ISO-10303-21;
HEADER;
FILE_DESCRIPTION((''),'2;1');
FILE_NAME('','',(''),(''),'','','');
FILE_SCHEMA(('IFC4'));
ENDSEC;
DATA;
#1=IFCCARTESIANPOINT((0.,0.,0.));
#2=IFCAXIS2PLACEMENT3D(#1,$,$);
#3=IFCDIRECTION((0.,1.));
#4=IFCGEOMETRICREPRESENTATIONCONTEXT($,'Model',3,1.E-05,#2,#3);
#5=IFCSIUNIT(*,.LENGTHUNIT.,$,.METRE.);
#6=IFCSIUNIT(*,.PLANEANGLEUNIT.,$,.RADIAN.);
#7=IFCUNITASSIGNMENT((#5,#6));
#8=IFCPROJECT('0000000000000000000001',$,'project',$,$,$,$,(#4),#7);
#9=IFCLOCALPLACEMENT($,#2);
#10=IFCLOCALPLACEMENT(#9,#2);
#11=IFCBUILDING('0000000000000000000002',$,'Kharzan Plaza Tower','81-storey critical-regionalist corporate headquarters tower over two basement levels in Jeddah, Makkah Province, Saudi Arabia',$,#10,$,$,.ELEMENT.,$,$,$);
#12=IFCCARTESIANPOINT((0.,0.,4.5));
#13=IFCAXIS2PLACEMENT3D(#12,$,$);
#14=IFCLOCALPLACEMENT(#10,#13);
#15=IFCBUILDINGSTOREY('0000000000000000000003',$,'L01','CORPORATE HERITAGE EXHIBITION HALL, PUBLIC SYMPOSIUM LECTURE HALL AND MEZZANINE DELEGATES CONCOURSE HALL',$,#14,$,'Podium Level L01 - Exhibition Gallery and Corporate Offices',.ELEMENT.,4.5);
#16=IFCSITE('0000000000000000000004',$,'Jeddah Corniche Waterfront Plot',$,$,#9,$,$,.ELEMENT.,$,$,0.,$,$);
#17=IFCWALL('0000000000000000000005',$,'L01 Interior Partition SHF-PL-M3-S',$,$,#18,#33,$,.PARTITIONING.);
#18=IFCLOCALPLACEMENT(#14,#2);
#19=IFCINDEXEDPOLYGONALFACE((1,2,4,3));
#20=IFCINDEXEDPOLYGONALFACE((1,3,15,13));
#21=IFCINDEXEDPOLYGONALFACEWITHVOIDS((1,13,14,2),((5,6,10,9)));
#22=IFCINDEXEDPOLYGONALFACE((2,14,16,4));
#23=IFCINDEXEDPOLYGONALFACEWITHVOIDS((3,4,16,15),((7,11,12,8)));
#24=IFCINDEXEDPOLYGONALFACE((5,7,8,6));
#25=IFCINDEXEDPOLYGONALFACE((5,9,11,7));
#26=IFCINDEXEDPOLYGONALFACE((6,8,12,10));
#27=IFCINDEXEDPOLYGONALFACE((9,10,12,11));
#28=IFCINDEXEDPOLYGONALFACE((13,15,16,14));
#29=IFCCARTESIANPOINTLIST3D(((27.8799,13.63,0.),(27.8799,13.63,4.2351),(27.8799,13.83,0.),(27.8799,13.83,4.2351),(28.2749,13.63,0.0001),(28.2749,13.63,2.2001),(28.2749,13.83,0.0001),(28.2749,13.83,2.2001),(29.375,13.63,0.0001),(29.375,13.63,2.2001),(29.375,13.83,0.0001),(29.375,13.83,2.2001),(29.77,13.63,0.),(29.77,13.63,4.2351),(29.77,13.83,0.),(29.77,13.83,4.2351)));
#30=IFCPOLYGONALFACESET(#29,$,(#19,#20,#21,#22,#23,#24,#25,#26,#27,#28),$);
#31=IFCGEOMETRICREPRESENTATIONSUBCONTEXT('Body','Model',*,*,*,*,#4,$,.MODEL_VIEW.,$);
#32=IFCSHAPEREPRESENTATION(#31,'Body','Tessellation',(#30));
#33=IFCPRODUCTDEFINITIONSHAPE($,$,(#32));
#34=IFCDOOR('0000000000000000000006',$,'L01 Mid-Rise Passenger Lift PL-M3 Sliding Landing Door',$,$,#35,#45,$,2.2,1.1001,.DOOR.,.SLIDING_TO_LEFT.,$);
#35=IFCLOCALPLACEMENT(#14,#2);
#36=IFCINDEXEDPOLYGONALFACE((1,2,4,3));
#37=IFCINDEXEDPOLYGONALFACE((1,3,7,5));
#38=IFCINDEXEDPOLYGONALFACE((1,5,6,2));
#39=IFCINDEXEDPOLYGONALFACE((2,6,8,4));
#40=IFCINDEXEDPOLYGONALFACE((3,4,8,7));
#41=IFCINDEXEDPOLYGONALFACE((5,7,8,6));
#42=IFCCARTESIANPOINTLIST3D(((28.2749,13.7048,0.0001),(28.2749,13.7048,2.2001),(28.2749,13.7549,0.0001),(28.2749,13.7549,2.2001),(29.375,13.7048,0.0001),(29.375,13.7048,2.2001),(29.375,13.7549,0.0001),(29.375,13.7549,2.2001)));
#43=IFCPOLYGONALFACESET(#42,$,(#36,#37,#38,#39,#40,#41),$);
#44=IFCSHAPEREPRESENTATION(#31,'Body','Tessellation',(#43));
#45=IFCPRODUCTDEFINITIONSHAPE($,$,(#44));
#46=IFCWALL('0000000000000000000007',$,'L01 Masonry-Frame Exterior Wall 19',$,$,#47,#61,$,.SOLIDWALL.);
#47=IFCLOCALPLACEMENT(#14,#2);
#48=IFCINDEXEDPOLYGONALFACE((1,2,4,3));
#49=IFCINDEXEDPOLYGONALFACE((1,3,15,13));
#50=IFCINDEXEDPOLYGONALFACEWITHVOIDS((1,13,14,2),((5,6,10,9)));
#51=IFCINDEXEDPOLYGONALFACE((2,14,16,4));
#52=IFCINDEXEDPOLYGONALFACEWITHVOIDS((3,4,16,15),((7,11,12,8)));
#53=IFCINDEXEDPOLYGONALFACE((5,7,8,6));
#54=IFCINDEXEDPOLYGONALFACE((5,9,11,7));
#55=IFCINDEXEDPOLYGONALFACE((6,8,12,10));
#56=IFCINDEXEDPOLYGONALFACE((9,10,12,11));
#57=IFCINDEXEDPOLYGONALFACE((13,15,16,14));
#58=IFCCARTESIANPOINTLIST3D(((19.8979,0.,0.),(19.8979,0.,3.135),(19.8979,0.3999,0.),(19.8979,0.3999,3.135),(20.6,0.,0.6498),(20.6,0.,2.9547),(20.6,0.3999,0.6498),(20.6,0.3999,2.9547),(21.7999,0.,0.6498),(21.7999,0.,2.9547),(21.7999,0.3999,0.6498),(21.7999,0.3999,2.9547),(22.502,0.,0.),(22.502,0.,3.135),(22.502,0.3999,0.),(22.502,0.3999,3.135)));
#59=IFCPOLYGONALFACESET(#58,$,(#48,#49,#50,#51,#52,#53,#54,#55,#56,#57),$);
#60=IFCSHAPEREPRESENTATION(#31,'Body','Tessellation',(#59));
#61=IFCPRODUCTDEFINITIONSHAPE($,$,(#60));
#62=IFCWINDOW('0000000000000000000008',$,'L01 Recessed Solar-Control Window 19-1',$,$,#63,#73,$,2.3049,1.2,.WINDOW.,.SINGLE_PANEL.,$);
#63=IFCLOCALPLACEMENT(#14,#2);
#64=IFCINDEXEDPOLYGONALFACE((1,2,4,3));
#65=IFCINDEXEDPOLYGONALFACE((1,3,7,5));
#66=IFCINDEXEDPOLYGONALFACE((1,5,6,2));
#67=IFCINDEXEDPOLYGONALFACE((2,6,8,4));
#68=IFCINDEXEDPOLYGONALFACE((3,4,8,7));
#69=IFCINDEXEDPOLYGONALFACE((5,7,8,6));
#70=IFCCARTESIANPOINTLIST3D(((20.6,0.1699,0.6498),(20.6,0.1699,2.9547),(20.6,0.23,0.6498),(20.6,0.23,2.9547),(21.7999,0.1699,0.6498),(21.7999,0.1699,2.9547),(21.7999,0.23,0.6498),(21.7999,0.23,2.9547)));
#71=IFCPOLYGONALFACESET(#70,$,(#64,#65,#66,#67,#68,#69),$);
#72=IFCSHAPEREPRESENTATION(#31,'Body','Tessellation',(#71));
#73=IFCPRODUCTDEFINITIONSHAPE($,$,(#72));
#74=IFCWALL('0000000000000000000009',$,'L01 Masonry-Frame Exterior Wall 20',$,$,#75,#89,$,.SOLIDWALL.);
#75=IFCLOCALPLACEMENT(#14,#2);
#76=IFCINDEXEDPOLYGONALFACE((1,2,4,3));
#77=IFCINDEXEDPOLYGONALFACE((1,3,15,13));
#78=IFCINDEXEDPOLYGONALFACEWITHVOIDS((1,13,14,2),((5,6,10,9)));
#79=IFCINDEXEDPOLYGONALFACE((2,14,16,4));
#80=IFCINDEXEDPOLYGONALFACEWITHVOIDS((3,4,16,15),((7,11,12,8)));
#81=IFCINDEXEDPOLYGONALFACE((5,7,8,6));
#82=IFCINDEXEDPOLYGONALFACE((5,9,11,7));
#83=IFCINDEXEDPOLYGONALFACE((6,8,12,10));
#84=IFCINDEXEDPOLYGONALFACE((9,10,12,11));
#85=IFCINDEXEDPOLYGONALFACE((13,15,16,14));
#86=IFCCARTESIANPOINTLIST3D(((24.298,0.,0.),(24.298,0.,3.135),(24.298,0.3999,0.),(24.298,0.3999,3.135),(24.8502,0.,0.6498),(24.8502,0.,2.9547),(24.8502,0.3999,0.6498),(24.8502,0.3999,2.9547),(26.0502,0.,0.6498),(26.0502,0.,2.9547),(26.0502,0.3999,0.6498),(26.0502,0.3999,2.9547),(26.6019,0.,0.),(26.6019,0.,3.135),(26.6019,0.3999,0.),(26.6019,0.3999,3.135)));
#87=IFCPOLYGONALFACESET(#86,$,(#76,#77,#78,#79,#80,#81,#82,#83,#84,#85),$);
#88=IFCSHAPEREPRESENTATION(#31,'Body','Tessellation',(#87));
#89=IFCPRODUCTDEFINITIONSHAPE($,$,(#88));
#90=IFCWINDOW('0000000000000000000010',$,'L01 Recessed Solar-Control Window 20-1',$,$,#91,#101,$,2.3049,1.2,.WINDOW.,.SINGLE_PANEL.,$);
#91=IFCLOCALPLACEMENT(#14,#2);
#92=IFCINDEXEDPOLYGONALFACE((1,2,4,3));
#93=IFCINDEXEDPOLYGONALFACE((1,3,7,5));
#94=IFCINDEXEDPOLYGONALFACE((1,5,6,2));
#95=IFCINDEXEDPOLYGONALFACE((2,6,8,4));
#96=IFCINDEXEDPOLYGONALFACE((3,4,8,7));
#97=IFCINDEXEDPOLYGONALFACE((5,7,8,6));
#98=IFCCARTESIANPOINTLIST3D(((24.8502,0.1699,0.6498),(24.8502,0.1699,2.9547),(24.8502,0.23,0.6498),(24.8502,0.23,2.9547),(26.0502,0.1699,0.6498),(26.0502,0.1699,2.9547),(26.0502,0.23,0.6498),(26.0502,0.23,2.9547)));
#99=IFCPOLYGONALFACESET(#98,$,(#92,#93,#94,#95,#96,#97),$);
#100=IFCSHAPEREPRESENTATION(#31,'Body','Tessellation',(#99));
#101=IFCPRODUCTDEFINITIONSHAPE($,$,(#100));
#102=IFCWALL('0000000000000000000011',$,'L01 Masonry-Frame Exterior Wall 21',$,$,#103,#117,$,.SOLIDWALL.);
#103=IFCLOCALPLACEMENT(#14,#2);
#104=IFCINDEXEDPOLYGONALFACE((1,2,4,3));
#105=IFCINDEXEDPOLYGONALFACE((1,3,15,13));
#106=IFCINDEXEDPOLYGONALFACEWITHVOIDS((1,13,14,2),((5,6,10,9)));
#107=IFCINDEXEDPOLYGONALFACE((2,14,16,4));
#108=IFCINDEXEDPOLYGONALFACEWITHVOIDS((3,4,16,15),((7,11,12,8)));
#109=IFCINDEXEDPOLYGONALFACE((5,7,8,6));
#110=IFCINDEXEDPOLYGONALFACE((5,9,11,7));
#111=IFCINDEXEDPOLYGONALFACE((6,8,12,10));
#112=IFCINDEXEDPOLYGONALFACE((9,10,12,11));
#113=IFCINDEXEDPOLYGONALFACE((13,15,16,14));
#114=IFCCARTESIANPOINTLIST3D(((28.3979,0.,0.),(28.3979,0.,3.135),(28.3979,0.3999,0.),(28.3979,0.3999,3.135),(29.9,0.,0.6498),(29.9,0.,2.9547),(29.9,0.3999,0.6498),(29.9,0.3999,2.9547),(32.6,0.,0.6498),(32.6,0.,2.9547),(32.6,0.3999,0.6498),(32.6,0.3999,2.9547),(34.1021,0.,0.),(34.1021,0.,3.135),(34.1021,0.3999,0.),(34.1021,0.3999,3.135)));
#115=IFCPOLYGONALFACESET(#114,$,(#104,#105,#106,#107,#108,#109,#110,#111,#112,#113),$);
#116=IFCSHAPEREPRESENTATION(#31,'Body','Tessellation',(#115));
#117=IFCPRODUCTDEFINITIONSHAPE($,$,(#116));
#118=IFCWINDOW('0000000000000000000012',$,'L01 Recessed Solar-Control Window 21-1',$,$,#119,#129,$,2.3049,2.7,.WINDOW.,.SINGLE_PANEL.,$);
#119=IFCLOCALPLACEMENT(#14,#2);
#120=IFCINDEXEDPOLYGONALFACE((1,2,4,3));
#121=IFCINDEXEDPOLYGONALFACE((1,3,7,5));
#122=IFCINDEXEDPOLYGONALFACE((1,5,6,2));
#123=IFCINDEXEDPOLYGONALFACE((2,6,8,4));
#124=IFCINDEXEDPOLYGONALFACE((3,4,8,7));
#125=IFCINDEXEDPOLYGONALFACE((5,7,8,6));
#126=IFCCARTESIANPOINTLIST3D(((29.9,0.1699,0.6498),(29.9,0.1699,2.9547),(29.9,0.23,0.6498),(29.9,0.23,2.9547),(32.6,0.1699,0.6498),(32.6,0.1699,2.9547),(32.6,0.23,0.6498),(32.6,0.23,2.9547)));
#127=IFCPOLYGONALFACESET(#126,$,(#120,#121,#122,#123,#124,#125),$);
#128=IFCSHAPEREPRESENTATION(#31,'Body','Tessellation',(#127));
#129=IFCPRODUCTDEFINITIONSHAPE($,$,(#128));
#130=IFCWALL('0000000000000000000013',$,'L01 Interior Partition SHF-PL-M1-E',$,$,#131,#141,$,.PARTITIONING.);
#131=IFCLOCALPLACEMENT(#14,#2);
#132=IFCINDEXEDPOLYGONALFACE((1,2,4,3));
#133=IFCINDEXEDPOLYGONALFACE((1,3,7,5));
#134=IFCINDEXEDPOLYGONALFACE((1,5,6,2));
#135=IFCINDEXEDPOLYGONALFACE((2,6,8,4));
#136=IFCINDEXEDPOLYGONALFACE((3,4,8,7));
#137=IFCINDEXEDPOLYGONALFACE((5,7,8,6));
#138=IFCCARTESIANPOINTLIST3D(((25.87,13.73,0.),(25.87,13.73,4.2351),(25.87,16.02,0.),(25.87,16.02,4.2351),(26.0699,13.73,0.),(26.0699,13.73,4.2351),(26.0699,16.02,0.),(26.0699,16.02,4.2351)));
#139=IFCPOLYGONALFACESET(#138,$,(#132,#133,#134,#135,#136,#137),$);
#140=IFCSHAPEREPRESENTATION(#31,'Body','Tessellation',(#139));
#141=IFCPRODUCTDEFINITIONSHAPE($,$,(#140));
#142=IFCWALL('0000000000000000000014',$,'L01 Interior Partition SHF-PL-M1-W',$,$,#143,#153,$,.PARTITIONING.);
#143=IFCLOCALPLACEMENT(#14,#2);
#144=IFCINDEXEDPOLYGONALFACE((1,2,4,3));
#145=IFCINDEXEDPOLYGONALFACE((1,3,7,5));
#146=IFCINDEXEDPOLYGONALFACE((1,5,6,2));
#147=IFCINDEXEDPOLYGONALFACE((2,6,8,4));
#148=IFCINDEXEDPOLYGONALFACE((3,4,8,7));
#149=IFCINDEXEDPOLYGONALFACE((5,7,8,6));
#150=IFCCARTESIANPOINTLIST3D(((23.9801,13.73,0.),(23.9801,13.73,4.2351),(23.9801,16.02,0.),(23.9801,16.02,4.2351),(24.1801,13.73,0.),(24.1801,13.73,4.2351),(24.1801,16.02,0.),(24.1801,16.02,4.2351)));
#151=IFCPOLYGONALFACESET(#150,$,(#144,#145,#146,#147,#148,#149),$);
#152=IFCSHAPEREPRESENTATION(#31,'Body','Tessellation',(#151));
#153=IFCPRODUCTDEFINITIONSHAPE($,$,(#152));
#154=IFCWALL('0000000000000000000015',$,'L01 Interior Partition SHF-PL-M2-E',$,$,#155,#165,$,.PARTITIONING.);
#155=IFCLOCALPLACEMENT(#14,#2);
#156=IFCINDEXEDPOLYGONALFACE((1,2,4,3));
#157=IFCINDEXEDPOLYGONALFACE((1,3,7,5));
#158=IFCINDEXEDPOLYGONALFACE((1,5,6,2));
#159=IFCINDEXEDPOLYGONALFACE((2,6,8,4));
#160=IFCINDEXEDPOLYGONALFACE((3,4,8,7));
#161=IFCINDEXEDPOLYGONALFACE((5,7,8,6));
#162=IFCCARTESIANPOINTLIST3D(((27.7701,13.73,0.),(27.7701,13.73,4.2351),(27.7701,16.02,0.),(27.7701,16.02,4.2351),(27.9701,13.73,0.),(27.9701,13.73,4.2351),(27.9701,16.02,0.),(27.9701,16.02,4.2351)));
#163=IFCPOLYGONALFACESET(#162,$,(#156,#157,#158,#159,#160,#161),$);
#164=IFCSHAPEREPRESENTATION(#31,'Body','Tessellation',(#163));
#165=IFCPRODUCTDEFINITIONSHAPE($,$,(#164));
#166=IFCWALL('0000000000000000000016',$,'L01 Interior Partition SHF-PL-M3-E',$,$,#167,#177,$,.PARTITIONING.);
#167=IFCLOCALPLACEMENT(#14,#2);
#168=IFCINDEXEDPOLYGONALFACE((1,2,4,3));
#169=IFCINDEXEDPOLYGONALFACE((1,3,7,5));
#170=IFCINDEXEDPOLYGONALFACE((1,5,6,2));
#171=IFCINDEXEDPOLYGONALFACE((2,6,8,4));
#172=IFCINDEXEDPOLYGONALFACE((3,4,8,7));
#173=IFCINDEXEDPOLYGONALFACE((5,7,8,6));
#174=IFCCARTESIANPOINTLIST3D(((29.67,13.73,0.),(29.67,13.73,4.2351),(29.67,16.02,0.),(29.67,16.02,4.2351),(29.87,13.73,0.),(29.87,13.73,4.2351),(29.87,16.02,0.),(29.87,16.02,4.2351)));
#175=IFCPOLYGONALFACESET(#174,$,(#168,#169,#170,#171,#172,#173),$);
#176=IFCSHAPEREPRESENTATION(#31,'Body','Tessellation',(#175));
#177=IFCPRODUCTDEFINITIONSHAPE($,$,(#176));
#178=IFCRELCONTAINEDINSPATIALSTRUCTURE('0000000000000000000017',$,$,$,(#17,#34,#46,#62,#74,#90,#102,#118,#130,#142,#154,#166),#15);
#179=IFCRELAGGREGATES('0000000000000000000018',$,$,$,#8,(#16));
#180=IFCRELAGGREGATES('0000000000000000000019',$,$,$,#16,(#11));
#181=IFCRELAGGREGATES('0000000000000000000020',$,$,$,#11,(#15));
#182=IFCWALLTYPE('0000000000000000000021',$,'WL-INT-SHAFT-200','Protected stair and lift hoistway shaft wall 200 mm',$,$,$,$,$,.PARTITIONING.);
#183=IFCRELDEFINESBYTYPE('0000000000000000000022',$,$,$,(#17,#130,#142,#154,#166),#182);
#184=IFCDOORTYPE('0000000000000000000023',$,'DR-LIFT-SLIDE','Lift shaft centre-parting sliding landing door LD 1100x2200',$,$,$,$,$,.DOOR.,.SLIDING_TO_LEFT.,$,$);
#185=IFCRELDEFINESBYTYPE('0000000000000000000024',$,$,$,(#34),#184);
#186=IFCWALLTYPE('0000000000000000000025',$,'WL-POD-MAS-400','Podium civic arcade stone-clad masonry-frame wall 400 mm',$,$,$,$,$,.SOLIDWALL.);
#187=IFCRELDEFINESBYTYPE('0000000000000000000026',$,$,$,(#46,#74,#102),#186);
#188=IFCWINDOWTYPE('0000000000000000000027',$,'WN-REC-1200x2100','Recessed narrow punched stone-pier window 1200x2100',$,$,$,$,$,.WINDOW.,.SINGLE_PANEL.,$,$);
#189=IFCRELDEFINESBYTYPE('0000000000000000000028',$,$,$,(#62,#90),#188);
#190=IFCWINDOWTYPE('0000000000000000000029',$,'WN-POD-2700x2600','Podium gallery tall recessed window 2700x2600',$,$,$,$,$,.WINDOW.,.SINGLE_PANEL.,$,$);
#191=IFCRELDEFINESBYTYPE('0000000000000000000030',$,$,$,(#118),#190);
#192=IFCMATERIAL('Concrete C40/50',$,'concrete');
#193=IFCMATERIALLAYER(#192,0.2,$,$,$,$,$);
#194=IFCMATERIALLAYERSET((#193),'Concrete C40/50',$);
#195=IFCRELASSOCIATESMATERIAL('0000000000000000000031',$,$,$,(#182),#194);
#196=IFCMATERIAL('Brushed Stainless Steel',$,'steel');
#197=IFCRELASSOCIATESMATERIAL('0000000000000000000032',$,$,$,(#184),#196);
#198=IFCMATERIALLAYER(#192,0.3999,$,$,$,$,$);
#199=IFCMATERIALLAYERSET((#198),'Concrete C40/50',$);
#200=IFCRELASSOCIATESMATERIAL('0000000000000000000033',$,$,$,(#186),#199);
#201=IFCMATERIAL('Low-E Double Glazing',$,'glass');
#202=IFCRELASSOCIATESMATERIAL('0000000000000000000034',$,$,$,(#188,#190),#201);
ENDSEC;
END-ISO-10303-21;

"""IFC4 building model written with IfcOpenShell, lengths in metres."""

from ifc_helpers import new_model, si_unit, direction, frame, frame_2d, origin, place, context, subcontext, project, spatial, rectangle, extrude, source, transform, mapped, material, layer, layer_set, type_object, element, fill, save


model = new_model("IFC4")

# Units and contexts
model_context = context("Model", 3, precision=1e-05, world=origin(), true_north=direction((0.0, 1.0)))
body_context = subcontext(model_context, "Body", "Model", "MODEL_VIEW")
ifc_project = project(units=[si_unit("LENGTHUNIT", "METRE"), si_unit("PLANEANGLEUNIT", "RADIAN")], contexts=[model_context])

# Site, building, storey
site_placement = place(None, origin())
site = spatial("IfcSite", under=ifc_project, at=site_placement, Name="Jeddah Corniche Waterfront Plot", CompositionType="ELEMENT", RefElevation=0.0)
building_placement = place(site_placement, origin())
building = spatial("IfcBuilding", under=site, at=building_placement, Name="Kharzan Plaza Tower", Description="81-storey critical-regionalist corporate headquarters tower over two basement levels in Jeddah, Makkah Province, Saudi Arabia", CompositionType="ELEMENT")
storey_placement = place(building_placement, frame((0.0, 0.0, 4.5)))
storey = spatial("IfcBuildingStorey", under=building, at=storey_placement, Name="L01", Description="CORPORATE HERITAGE EXHIBITION HALL, PUBLIC SYMPOSIUM LECTURE HALL AND MEZZANINE DELEGATES CONCOURSE HALL", LongName="Podium Level L01 - Exhibition Gallery and Corporate Offices", CompositionType="ELEMENT", Elevation=4.5)

# Wall, opening, door
ifc_material_1 = material(Name="Concrete C40/50", Category="concrete")
ifc_layer_1 = layer(ifc_material_1, 0.2)
ifc_layer_set_1 = layer_set([ifc_layer_1], Name="Concrete C40/50")
wall_type_1 = type_object("IfcWallType", Name="WL-INT-SHAFT-200", Description="Protected stair and lift hoistway shaft wall 200 mm", PredefinedType="PARTITIONING", material=ifc_layer_set_1)
ifc_material_2 = material(Name="Brushed Stainless Steel", Category="steel")
door_type = type_object("IfcDoorType", Name="DR-LIFT-SLIDE", Description="Lift shaft centre-parting sliding landing door LD 1100x2200", OperationType="SLIDING_TO_LEFT", PredefinedType="DOOR", material=ifc_material_2)
shared_shape_1 = source(origin(), body_context, "Body", "SweptSolid", [
    extrude(rectangle(XDim=1.1001, YDim=2.2, at=frame_2d((0.55, 1.1001))), frame((0.0, 0.0249, 0.0), z_axis=(0.0, -1.0, 0.0), x_axis=(1.0, 0.0, 0.0)), (0.0, 0.0, 1.0), 0.05),
])
wall_1_placement = place(storey_placement, frame((27.8799, 13.73, 0.0), z_axis=(0.0, 0.0, 1.0), x_axis=(1.0, 0.0, 0.0)))
wall_1 = element("IfcWall", 1, at=wall_1_placement, inside=storey, type_object=wall_type_1, Name="L01 Interior Partition SHF-PL-M3-S", PredefinedType="PARTITIONING", context=body_context, shape_type="SweptSolid", body=[
    extrude(rectangle(XDim=1.8901, YDim=0.2, at=frame_2d((0.9451, 0.0))), origin(), (0.0, 0.0, 1.0), 4.2351),
])
opening_1_placement = place(wall_1_placement, frame((0.395, 0.0, 0.0)))
opening_1 = element("IfcOpeningElement", 2, at=opening_1_placement, cuts=wall_1, PredefinedType="OPENING", context=body_context, shape_type="SweptSolid", body=[
    extrude(rectangle(XDim=1.1001, YDim=2.2, at=frame_2d((0.55, 1.1001))), frame((0.0, 0.1099, 0.0), z_axis=(0.0, -1.0, 0.0), x_axis=(1.0, 0.0, 0.0)), (0.0, 0.0, 1.0), 0.22),
])
door_1_placement = place(opening_1_placement, origin())
door_1 = element("IfcDoor", 3, at=door_1_placement, inside=storey, type_object=door_type, Name="L01 Mid-Rise Passenger Lift PL-M3 Sliding Landing Door", OperationType="SLIDING_TO_LEFT", OverallHeight=2.2, OverallWidth=1.1001, PredefinedType="DOOR", context=body_context, shape_type="MappedRepresentation", body=[
    mapped(shared_shape_1, transform((0.0, 0.0, 0.0), x_axis=(1.0, 0.0, 0.0), y_axis=(0.0, 1.0, 0.0), z_axis=(0.0, 0.0, 1.0))),
])
fill(opening_1, door_1)

# Walls, openings, windows
ifc_layer_2 = layer(ifc_material_1, 0.3999)
ifc_layer_set_2 = layer_set([ifc_layer_2], Name="Concrete C40/50")
wall_type_2 = type_object("IfcWallType", Name="WL-POD-MAS-400", Description="Podium civic arcade stone-clad masonry-frame wall 400 mm", PredefinedType="SOLIDWALL", material=ifc_layer_set_2)
wall_2_placement = place(storey_placement, frame((19.8979, 0.2, 0.0), z_axis=(0.0, 0.0, 1.0), x_axis=(1.0, 0.0, 0.0)))
wall_2 = element("IfcWall", 4, at=wall_2_placement, inside=storey, type_object=wall_type_2, Name="L01 Masonry-Frame Exterior Wall 19", PredefinedType="SOLIDWALL", context=body_context, shape_type="SweptSolid", body=[
    extrude(rectangle(XDim=2.604, YDim=0.3999, at=frame_2d((1.302, 0.0))), origin(), (0.0, 0.0, 1.0), 3.135),
])
opening_2_placement = place(wall_2_placement, frame((0.7019, 0.0, 0.6499)))
opening_2 = element("IfcOpeningElement", 5, at=opening_2_placement, cuts=wall_2, PredefinedType="OPENING", context=body_context, shape_type="SweptSolid", body=[
    extrude(rectangle(XDim=1.2, YDim=2.3049, at=frame_2d((0.6001, 1.1523))), frame((0.0, 0.21, 0.0), z_axis=(0.0, -1.0, 0.0), x_axis=(1.0, 0.0, 0.0)), (0.0, 0.0, 1.0), 0.4199),
])
ifc_material_3 = material(Name="Low-E Double Glazing", Category="glass")
window_type_1 = type_object("IfcWindowType", Name="WN-REC-1200x2100", Description="Recessed narrow punched stone-pier window 1200x2100", PartitioningType="SINGLE_PANEL", PredefinedType="WINDOW", material=ifc_material_3)
shared_shape_2 = source(origin(), body_context, "Body", "SweptSolid", [
    extrude(rectangle(XDim=1.2, YDim=2.3049, at=frame_2d((0.6001, 1.1523))), frame((0.0, 0.03, 0.0), z_axis=(0.0, -1.0, 0.0), x_axis=(1.0, 0.0, 0.0)), (0.0, 0.0, 1.0), 0.0601),
])
window_1_placement = place(opening_2_placement, origin())
window_1 = element("IfcWindow", 6, at=window_1_placement, inside=storey, type_object=window_type_1, Name="L01 Recessed Solar-Control Window 19-1", OverallHeight=2.3049, OverallWidth=1.2, PartitioningType="SINGLE_PANEL", PredefinedType="WINDOW", context=body_context, shape_type="MappedRepresentation", body=[
    mapped(shared_shape_2, transform((0.0, 0.0, 0.0), x_axis=(1.0, 0.0, 0.0), y_axis=(0.0, 1.0, 0.0), z_axis=(0.0, 0.0, 1.0))),
])
fill(opening_2, window_1)
wall_3_placement = place(storey_placement, frame((24.2981, 0.2, 0.0), z_axis=(0.0, 0.0, 1.0), x_axis=(1.0, 0.0, 0.0)))
wall_3 = element("IfcWall", 7, at=wall_3_placement, inside=storey, type_object=wall_type_2, Name="L01 Masonry-Frame Exterior Wall 20", PredefinedType="SOLIDWALL", context=body_context, shape_type="SweptSolid", body=[
    extrude(rectangle(XDim=2.304, YDim=0.3999, at=frame_2d((1.1519, 0.0))), origin(), (0.0, 0.0, 1.0), 3.135),
])
opening_3_placement = place(wall_3_placement, frame((0.552, 0.0, 0.6499)))
opening_3 = element("IfcOpeningElement", 8, at=opening_3_placement, cuts=wall_3, PredefinedType="OPENING", context=body_context, shape_type="SweptSolid", body=[
    extrude(rectangle(XDim=1.2, YDim=2.3049, at=frame_2d((0.6001, 1.1523))), frame((0.0, 0.21, 0.0), z_axis=(0.0, -1.0, 0.0), x_axis=(1.0, 0.0, 0.0)), (0.0, 0.0, 1.0), 0.4199),
])
window_2_placement = place(opening_3_placement, origin())
window_2 = element("IfcWindow", 9, at=window_2_placement, inside=storey, type_object=window_type_1, Name="L01 Recessed Solar-Control Window 20-1", OverallHeight=2.3049, OverallWidth=1.2, PartitioningType="SINGLE_PANEL", PredefinedType="WINDOW", context=body_context, shape_type="MappedRepresentation", body=[
    mapped(shared_shape_2, transform((0.0, 0.0, 0.0), x_axis=(1.0, 0.0, 0.0), y_axis=(0.0, 1.0, 0.0), z_axis=(0.0, 0.0, 1.0))),
])
fill(opening_3, window_2)
wall_4_placement = place(storey_placement, frame((28.3979, 0.2, 0.0), z_axis=(0.0, 0.0, 1.0), x_axis=(1.0, 0.0, 0.0)))
wall_4 = element("IfcWall", 10, at=wall_4_placement, inside=storey, type_object=wall_type_2, Name="L01 Masonry-Frame Exterior Wall 21", PredefinedType="SOLIDWALL", context=body_context, shape_type="SweptSolid", body=[
    extrude(rectangle(XDim=5.7041, YDim=0.3999, at=frame_2d((2.8521, 0.0))), origin(), (0.0, 0.0, 1.0), 3.135),
])
opening_4_placement = place(wall_4_placement, frame((1.502, 0.0, 0.6499)))
opening_4 = element("IfcOpeningElement", 11, at=opening_4_placement, cuts=wall_4, PredefinedType="OPENING", context=body_context, shape_type="SweptSolid", body=[
    extrude(rectangle(XDim=2.7, YDim=2.3049, at=frame_2d((1.3501, 1.1523))), frame((0.0, 0.21, 0.0), z_axis=(0.0, -1.0, 0.0), x_axis=(1.0, 0.0, 0.0)), (0.0, 0.0, 1.0), 0.4199),
])
window_type_2 = type_object("IfcWindowType", Name="WN-POD-2700x2600", Description="Podium gallery tall recessed window 2700x2600", PartitioningType="SINGLE_PANEL", PredefinedType="WINDOW", material=ifc_material_3)
shared_shape_3 = source(origin(), body_context, "Body", "SweptSolid", [
    extrude(rectangle(XDim=2.7, YDim=2.3049, at=frame_2d((1.3501, 1.1523))), frame((0.0, 0.03, 0.0), z_axis=(0.0, -1.0, 0.0), x_axis=(1.0, 0.0, 0.0)), (0.0, 0.0, 1.0), 0.0601),
])
window_3_placement = place(opening_4_placement, origin())
window_3 = element("IfcWindow", 12, at=window_3_placement, inside=storey, type_object=window_type_2, Name="L01 Recessed Solar-Control Window 21-1", OverallHeight=2.3049, OverallWidth=2.7, PartitioningType="SINGLE_PANEL", PredefinedType="WINDOW", context=body_context, shape_type="MappedRepresentation", body=[
    mapped(shared_shape_3, transform((0.0, 0.0, 0.0), x_axis=(1.0, 0.0, 0.0), y_axis=(0.0, 1.0, 0.0), z_axis=(0.0, 0.0, 1.0))),
])
fill(opening_4, window_3)

# Walls
shared_shape_4 = source(origin(), body_context, "Body", "SweptSolid", [
    extrude(rectangle(XDim=2.29, YDim=0.2, at=frame_2d((1.145, 0.0))), origin(), (0.0, 0.0, 1.0), 4.2351),
])
for number, where, z_axis, x_axis, name in (
    (13, (25.97, 13.73, 0.0), (0.0, 0.0, 1.0), (0.0, 1.0, 0.0), "L01 Interior Partition SHF-PL-M1-E"),
    (14, (24.0801, 13.73, 0.0), (0.0, 0.0, 1.0), (0.0, 1.0, 0.0), "L01 Interior Partition SHF-PL-M1-W"),
    (15, (27.8701, 13.73, 0.0), (0.0, 0.0, 1.0), (0.0, 1.0, 0.0), "L01 Interior Partition SHF-PL-M2-E"),
    (16, (29.77, 13.73, 0.0), (0.0, 0.0, 1.0), (0.0, 1.0, 0.0), "L01 Interior Partition SHF-PL-M3-E"),
):
    element("IfcWall", number, at=place(storey_placement, frame(where, z_axis=z_axis, x_axis=x_axis)), inside=storey, type_object=wall_type_1, Name=name, PredefinedType="PARTITIONING", context=body_context, shape_type="MappedRepresentation", body=[
        mapped(shared_shape_4, transform((0.0, 0.0, 0.0), x_axis=(1.0, 0.0, 0.0), y_axis=(0.0, 1.0, 0.0), z_axis=(0.0, 0.0, 1.0))),
    ])

save(model, "model.ifc")
